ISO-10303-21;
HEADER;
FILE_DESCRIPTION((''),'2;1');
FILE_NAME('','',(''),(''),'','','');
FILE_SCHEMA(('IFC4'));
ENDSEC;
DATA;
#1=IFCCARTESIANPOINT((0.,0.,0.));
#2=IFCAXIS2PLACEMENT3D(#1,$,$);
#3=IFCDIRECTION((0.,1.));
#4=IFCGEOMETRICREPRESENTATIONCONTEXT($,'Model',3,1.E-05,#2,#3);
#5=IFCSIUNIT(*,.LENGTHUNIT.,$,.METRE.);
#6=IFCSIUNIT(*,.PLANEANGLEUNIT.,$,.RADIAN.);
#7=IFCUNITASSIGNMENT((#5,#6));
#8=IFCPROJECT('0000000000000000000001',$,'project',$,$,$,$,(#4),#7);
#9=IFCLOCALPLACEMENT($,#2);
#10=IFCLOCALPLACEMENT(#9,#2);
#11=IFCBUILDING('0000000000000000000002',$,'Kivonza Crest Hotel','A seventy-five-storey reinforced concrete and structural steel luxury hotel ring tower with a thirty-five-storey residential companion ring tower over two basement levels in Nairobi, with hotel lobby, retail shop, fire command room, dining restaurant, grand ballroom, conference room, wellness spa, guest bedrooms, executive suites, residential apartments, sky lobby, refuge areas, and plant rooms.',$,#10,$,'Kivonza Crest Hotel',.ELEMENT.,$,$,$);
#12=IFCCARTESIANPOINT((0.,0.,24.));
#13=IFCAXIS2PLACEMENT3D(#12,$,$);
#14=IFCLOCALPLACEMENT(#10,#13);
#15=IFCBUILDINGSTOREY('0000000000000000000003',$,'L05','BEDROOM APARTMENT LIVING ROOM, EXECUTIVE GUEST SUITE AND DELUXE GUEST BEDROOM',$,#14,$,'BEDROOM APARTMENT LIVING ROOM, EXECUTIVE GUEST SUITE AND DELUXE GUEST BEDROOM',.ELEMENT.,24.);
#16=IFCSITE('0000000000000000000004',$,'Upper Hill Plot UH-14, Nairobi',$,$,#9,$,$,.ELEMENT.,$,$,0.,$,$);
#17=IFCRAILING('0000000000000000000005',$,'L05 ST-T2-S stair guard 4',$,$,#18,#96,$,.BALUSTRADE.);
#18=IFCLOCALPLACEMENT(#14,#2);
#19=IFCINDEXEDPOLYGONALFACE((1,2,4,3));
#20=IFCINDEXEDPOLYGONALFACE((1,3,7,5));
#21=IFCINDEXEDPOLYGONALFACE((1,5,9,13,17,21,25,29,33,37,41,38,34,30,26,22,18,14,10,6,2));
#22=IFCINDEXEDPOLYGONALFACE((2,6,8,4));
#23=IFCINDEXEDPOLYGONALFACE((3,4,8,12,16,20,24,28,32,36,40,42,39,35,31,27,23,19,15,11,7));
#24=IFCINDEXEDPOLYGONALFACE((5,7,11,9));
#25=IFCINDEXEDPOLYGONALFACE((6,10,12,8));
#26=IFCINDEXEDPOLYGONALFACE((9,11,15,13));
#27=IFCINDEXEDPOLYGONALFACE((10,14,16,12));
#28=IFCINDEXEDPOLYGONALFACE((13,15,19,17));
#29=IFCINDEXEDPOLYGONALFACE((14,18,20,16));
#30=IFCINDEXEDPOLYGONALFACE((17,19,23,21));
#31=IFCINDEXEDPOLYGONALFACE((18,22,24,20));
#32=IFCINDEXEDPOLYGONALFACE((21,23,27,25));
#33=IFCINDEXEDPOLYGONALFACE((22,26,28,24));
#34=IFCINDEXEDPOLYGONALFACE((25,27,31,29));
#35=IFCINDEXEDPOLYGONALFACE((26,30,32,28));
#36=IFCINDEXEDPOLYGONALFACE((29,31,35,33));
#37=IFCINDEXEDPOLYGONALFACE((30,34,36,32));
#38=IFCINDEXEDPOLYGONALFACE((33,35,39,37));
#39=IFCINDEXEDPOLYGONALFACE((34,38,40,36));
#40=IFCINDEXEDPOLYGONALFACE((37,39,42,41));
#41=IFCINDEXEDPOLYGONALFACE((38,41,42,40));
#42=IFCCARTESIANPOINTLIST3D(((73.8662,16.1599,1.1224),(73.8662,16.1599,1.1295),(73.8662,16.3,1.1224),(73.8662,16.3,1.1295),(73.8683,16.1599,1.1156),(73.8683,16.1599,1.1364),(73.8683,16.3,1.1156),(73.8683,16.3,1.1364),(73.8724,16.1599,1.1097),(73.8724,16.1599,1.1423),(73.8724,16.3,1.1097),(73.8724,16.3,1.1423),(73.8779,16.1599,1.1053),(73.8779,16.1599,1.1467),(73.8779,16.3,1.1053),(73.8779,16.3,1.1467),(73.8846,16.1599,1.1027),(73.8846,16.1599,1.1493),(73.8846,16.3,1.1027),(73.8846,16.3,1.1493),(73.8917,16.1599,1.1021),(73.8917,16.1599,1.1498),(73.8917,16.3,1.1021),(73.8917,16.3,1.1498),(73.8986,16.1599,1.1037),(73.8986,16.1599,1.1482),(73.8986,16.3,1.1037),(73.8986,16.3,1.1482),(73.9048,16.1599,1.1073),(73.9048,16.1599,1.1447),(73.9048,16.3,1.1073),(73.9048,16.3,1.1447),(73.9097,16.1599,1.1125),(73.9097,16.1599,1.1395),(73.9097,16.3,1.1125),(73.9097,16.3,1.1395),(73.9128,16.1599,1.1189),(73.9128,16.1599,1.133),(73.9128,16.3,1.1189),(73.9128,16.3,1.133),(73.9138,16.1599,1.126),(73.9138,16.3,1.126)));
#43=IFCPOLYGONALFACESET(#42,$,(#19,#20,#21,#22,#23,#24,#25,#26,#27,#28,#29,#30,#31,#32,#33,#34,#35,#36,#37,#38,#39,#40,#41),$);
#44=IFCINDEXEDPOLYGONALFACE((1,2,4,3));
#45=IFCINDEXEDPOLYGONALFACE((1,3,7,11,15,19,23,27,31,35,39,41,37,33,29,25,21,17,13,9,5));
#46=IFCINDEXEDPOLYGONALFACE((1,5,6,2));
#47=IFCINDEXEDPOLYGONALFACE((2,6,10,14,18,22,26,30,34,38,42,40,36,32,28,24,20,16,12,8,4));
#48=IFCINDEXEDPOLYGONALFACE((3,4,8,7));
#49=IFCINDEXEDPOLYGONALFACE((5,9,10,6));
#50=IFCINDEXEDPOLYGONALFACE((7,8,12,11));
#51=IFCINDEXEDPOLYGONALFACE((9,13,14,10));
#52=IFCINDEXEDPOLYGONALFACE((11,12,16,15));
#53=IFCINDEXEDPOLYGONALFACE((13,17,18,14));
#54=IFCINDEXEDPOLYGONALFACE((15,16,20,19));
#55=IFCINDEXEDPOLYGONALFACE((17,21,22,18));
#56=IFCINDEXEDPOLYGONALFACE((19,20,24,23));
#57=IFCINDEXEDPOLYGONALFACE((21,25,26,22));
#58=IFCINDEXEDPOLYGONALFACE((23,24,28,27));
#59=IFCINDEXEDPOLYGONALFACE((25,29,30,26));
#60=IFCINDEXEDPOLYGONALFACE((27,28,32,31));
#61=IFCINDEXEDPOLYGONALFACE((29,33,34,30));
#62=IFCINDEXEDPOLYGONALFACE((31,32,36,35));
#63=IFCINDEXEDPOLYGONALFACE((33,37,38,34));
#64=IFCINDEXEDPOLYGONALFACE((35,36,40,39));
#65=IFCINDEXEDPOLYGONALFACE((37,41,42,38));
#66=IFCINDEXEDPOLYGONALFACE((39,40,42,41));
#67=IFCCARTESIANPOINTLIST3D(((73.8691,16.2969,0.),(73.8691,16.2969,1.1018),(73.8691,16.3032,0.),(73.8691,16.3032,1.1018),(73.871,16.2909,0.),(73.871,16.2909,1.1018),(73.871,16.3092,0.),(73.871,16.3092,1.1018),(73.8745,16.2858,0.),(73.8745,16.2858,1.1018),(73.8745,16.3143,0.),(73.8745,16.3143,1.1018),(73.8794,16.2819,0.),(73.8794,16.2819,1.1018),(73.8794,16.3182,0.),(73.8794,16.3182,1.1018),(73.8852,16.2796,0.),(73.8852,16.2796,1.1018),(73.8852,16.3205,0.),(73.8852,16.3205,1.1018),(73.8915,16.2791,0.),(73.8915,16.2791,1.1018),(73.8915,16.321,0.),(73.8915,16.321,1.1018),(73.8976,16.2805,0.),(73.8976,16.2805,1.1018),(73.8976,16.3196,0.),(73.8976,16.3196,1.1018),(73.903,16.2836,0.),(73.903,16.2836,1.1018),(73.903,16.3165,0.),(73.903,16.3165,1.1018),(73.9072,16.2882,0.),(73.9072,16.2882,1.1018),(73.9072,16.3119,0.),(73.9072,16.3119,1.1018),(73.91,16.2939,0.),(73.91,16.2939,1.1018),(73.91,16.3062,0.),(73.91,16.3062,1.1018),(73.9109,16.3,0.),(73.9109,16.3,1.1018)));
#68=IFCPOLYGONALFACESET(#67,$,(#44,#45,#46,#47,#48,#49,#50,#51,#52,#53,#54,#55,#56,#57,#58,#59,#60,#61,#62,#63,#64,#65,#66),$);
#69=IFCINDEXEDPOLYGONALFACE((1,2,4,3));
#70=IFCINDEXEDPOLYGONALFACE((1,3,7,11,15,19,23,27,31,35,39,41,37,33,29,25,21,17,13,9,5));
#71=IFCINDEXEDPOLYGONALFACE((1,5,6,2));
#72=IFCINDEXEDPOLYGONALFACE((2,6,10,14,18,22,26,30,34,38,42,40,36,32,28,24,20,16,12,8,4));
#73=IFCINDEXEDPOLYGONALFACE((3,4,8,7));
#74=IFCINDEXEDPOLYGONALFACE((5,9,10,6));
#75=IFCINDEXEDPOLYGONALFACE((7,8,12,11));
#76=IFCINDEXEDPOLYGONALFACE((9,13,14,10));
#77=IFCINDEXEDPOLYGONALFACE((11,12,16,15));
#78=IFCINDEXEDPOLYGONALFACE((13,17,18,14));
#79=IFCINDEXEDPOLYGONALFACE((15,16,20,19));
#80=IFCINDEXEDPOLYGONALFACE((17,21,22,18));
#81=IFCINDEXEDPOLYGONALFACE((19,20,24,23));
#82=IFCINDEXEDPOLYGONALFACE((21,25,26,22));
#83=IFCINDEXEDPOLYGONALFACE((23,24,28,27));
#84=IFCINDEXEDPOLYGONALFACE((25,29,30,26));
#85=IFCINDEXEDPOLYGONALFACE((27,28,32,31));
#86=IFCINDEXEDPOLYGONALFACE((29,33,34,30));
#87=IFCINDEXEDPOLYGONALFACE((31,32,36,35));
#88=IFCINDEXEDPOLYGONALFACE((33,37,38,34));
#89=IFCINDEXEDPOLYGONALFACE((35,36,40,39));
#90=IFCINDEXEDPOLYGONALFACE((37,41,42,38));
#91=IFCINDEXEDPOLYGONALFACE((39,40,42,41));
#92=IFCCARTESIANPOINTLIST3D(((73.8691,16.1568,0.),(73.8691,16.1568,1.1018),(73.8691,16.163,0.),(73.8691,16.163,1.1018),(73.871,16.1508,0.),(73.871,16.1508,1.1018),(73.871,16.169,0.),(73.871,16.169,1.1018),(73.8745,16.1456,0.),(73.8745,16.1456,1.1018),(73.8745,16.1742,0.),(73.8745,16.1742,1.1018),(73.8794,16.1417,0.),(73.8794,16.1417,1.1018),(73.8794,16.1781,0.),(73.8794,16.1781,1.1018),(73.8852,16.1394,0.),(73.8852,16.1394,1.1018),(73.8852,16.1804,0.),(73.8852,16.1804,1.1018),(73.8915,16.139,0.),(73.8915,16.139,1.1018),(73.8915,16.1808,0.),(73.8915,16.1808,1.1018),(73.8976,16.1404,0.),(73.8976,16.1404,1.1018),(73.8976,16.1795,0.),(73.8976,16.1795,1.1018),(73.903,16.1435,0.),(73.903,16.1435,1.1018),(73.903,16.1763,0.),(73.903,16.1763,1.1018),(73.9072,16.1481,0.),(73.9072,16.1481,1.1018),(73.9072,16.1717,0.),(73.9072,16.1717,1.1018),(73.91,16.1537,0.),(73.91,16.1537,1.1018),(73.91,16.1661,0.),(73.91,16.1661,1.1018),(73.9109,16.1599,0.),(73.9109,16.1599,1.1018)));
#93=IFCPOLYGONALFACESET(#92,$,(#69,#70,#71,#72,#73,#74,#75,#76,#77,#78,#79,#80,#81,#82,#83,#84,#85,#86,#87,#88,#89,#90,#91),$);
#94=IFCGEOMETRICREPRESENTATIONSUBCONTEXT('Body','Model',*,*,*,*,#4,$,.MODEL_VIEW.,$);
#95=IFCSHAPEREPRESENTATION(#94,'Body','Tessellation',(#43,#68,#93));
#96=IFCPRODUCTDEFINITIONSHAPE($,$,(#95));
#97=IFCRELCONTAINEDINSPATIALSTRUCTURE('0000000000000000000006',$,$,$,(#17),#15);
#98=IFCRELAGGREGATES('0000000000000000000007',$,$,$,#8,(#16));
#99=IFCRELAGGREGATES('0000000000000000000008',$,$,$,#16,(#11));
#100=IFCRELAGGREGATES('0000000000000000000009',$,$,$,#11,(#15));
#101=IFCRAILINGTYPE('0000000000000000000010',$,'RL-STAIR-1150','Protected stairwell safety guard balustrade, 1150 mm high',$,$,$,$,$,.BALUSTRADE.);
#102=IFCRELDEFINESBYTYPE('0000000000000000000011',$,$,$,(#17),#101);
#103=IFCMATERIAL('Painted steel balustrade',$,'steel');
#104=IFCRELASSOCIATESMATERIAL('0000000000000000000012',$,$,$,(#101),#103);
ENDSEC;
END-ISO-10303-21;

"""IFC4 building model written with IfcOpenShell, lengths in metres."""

from ifc_helpers import new_model, si_unit, direction, frame, origin, origin_2d, place, context, subcontext, project, spatial, circle, extrude, material, type_object, element, save


model = new_model("IFC4")

# Units and contexts
model_context = context("Model", 3, precision=1e-05, world=origin(), true_north=direction((0.0, 1.0)))
body_context = subcontext(model_context, "Body", "Model", "MODEL_VIEW")
ifc_project = project(units=[si_unit("LENGTHUNIT", "METRE"), si_unit("PLANEANGLEUNIT", "RADIAN")], contexts=[model_context])

# Site, building, storey
site_placement = place(None, origin())
site = spatial("IfcSite", under=ifc_project, at=site_placement, Name="Upper Hill Plot UH-14, Nairobi", CompositionType="ELEMENT", RefElevation=0.0)
building_placement = place(site_placement, origin())
building = spatial("IfcBuilding", under=site, at=building_placement, Name="Kivonza Crest Hotel", Description="A seventy-five-storey reinforced concrete and structural steel luxury hotel ring tower with a thirty-five-storey residential companion ring tower over two basement levels in Nairobi, with hotel lobby, retail shop, fire command room, dining restaurant, grand ballroom, conference room, wellness spa, guest bedrooms, executive suites, residential apartments, sky lobby, refuge areas, and plant rooms.", LongName="Kivonza Crest Hotel", CompositionType="ELEMENT")
storey_placement = place(building_placement, frame((0.0, 0.0, 24.0)))
storey = spatial("IfcBuildingStorey", under=building, at=storey_placement, Name="L05", Description="BEDROOM APARTMENT LIVING ROOM, EXECUTIVE GUEST SUITE AND DELUXE GUEST BEDROOM", LongName="BEDROOM APARTMENT LIVING ROOM, EXECUTIVE GUEST SUITE AND DELUXE GUEST BEDROOM", CompositionType="ELEMENT", Elevation=24.0)

# Railing
ifc_material_1 = material(Name="Painted steel balustrade", Category="steel")
railing_type_1 = type_object("IfcRailingType", Name="RL-STAIR-1150", Description="Protected stairwell safety guard balustrade, 1150 mm high", PredefinedType="BALUSTRADE", material=ifc_material_1)
railing_1_placement = place(storey_placement, frame((73.8899, 16.3, 0.0)))
element("IfcRailing", 1, at=railing_1_placement, inside=storey, type_object=railing_type_1, Name="L05 ST-T2-S stair guard 4", PredefinedType="BALUSTRADE", context=body_context, shape_type="SweptSolid", body=[
    extrude(circle(Radius=0.0239, at=origin_2d()), frame((0.0, 0.0, 1.126), z_axis=(0.0, -1.0, 0.0), x_axis=(1.0, 0.0, 0.0)), (0.0, 0.0, 1.0), 0.1401),
    extrude(circle(Radius=0.021, at=origin_2d()), origin(), (0.0, 0.0, 1.0), 1.1018),
    extrude(circle(Radius=0.021, at=origin_2d()), frame((0.0, -0.1401, 0.0)), (0.0, 0.0, 1.0), 1.1018),
])

save(model, "model.ifc")
